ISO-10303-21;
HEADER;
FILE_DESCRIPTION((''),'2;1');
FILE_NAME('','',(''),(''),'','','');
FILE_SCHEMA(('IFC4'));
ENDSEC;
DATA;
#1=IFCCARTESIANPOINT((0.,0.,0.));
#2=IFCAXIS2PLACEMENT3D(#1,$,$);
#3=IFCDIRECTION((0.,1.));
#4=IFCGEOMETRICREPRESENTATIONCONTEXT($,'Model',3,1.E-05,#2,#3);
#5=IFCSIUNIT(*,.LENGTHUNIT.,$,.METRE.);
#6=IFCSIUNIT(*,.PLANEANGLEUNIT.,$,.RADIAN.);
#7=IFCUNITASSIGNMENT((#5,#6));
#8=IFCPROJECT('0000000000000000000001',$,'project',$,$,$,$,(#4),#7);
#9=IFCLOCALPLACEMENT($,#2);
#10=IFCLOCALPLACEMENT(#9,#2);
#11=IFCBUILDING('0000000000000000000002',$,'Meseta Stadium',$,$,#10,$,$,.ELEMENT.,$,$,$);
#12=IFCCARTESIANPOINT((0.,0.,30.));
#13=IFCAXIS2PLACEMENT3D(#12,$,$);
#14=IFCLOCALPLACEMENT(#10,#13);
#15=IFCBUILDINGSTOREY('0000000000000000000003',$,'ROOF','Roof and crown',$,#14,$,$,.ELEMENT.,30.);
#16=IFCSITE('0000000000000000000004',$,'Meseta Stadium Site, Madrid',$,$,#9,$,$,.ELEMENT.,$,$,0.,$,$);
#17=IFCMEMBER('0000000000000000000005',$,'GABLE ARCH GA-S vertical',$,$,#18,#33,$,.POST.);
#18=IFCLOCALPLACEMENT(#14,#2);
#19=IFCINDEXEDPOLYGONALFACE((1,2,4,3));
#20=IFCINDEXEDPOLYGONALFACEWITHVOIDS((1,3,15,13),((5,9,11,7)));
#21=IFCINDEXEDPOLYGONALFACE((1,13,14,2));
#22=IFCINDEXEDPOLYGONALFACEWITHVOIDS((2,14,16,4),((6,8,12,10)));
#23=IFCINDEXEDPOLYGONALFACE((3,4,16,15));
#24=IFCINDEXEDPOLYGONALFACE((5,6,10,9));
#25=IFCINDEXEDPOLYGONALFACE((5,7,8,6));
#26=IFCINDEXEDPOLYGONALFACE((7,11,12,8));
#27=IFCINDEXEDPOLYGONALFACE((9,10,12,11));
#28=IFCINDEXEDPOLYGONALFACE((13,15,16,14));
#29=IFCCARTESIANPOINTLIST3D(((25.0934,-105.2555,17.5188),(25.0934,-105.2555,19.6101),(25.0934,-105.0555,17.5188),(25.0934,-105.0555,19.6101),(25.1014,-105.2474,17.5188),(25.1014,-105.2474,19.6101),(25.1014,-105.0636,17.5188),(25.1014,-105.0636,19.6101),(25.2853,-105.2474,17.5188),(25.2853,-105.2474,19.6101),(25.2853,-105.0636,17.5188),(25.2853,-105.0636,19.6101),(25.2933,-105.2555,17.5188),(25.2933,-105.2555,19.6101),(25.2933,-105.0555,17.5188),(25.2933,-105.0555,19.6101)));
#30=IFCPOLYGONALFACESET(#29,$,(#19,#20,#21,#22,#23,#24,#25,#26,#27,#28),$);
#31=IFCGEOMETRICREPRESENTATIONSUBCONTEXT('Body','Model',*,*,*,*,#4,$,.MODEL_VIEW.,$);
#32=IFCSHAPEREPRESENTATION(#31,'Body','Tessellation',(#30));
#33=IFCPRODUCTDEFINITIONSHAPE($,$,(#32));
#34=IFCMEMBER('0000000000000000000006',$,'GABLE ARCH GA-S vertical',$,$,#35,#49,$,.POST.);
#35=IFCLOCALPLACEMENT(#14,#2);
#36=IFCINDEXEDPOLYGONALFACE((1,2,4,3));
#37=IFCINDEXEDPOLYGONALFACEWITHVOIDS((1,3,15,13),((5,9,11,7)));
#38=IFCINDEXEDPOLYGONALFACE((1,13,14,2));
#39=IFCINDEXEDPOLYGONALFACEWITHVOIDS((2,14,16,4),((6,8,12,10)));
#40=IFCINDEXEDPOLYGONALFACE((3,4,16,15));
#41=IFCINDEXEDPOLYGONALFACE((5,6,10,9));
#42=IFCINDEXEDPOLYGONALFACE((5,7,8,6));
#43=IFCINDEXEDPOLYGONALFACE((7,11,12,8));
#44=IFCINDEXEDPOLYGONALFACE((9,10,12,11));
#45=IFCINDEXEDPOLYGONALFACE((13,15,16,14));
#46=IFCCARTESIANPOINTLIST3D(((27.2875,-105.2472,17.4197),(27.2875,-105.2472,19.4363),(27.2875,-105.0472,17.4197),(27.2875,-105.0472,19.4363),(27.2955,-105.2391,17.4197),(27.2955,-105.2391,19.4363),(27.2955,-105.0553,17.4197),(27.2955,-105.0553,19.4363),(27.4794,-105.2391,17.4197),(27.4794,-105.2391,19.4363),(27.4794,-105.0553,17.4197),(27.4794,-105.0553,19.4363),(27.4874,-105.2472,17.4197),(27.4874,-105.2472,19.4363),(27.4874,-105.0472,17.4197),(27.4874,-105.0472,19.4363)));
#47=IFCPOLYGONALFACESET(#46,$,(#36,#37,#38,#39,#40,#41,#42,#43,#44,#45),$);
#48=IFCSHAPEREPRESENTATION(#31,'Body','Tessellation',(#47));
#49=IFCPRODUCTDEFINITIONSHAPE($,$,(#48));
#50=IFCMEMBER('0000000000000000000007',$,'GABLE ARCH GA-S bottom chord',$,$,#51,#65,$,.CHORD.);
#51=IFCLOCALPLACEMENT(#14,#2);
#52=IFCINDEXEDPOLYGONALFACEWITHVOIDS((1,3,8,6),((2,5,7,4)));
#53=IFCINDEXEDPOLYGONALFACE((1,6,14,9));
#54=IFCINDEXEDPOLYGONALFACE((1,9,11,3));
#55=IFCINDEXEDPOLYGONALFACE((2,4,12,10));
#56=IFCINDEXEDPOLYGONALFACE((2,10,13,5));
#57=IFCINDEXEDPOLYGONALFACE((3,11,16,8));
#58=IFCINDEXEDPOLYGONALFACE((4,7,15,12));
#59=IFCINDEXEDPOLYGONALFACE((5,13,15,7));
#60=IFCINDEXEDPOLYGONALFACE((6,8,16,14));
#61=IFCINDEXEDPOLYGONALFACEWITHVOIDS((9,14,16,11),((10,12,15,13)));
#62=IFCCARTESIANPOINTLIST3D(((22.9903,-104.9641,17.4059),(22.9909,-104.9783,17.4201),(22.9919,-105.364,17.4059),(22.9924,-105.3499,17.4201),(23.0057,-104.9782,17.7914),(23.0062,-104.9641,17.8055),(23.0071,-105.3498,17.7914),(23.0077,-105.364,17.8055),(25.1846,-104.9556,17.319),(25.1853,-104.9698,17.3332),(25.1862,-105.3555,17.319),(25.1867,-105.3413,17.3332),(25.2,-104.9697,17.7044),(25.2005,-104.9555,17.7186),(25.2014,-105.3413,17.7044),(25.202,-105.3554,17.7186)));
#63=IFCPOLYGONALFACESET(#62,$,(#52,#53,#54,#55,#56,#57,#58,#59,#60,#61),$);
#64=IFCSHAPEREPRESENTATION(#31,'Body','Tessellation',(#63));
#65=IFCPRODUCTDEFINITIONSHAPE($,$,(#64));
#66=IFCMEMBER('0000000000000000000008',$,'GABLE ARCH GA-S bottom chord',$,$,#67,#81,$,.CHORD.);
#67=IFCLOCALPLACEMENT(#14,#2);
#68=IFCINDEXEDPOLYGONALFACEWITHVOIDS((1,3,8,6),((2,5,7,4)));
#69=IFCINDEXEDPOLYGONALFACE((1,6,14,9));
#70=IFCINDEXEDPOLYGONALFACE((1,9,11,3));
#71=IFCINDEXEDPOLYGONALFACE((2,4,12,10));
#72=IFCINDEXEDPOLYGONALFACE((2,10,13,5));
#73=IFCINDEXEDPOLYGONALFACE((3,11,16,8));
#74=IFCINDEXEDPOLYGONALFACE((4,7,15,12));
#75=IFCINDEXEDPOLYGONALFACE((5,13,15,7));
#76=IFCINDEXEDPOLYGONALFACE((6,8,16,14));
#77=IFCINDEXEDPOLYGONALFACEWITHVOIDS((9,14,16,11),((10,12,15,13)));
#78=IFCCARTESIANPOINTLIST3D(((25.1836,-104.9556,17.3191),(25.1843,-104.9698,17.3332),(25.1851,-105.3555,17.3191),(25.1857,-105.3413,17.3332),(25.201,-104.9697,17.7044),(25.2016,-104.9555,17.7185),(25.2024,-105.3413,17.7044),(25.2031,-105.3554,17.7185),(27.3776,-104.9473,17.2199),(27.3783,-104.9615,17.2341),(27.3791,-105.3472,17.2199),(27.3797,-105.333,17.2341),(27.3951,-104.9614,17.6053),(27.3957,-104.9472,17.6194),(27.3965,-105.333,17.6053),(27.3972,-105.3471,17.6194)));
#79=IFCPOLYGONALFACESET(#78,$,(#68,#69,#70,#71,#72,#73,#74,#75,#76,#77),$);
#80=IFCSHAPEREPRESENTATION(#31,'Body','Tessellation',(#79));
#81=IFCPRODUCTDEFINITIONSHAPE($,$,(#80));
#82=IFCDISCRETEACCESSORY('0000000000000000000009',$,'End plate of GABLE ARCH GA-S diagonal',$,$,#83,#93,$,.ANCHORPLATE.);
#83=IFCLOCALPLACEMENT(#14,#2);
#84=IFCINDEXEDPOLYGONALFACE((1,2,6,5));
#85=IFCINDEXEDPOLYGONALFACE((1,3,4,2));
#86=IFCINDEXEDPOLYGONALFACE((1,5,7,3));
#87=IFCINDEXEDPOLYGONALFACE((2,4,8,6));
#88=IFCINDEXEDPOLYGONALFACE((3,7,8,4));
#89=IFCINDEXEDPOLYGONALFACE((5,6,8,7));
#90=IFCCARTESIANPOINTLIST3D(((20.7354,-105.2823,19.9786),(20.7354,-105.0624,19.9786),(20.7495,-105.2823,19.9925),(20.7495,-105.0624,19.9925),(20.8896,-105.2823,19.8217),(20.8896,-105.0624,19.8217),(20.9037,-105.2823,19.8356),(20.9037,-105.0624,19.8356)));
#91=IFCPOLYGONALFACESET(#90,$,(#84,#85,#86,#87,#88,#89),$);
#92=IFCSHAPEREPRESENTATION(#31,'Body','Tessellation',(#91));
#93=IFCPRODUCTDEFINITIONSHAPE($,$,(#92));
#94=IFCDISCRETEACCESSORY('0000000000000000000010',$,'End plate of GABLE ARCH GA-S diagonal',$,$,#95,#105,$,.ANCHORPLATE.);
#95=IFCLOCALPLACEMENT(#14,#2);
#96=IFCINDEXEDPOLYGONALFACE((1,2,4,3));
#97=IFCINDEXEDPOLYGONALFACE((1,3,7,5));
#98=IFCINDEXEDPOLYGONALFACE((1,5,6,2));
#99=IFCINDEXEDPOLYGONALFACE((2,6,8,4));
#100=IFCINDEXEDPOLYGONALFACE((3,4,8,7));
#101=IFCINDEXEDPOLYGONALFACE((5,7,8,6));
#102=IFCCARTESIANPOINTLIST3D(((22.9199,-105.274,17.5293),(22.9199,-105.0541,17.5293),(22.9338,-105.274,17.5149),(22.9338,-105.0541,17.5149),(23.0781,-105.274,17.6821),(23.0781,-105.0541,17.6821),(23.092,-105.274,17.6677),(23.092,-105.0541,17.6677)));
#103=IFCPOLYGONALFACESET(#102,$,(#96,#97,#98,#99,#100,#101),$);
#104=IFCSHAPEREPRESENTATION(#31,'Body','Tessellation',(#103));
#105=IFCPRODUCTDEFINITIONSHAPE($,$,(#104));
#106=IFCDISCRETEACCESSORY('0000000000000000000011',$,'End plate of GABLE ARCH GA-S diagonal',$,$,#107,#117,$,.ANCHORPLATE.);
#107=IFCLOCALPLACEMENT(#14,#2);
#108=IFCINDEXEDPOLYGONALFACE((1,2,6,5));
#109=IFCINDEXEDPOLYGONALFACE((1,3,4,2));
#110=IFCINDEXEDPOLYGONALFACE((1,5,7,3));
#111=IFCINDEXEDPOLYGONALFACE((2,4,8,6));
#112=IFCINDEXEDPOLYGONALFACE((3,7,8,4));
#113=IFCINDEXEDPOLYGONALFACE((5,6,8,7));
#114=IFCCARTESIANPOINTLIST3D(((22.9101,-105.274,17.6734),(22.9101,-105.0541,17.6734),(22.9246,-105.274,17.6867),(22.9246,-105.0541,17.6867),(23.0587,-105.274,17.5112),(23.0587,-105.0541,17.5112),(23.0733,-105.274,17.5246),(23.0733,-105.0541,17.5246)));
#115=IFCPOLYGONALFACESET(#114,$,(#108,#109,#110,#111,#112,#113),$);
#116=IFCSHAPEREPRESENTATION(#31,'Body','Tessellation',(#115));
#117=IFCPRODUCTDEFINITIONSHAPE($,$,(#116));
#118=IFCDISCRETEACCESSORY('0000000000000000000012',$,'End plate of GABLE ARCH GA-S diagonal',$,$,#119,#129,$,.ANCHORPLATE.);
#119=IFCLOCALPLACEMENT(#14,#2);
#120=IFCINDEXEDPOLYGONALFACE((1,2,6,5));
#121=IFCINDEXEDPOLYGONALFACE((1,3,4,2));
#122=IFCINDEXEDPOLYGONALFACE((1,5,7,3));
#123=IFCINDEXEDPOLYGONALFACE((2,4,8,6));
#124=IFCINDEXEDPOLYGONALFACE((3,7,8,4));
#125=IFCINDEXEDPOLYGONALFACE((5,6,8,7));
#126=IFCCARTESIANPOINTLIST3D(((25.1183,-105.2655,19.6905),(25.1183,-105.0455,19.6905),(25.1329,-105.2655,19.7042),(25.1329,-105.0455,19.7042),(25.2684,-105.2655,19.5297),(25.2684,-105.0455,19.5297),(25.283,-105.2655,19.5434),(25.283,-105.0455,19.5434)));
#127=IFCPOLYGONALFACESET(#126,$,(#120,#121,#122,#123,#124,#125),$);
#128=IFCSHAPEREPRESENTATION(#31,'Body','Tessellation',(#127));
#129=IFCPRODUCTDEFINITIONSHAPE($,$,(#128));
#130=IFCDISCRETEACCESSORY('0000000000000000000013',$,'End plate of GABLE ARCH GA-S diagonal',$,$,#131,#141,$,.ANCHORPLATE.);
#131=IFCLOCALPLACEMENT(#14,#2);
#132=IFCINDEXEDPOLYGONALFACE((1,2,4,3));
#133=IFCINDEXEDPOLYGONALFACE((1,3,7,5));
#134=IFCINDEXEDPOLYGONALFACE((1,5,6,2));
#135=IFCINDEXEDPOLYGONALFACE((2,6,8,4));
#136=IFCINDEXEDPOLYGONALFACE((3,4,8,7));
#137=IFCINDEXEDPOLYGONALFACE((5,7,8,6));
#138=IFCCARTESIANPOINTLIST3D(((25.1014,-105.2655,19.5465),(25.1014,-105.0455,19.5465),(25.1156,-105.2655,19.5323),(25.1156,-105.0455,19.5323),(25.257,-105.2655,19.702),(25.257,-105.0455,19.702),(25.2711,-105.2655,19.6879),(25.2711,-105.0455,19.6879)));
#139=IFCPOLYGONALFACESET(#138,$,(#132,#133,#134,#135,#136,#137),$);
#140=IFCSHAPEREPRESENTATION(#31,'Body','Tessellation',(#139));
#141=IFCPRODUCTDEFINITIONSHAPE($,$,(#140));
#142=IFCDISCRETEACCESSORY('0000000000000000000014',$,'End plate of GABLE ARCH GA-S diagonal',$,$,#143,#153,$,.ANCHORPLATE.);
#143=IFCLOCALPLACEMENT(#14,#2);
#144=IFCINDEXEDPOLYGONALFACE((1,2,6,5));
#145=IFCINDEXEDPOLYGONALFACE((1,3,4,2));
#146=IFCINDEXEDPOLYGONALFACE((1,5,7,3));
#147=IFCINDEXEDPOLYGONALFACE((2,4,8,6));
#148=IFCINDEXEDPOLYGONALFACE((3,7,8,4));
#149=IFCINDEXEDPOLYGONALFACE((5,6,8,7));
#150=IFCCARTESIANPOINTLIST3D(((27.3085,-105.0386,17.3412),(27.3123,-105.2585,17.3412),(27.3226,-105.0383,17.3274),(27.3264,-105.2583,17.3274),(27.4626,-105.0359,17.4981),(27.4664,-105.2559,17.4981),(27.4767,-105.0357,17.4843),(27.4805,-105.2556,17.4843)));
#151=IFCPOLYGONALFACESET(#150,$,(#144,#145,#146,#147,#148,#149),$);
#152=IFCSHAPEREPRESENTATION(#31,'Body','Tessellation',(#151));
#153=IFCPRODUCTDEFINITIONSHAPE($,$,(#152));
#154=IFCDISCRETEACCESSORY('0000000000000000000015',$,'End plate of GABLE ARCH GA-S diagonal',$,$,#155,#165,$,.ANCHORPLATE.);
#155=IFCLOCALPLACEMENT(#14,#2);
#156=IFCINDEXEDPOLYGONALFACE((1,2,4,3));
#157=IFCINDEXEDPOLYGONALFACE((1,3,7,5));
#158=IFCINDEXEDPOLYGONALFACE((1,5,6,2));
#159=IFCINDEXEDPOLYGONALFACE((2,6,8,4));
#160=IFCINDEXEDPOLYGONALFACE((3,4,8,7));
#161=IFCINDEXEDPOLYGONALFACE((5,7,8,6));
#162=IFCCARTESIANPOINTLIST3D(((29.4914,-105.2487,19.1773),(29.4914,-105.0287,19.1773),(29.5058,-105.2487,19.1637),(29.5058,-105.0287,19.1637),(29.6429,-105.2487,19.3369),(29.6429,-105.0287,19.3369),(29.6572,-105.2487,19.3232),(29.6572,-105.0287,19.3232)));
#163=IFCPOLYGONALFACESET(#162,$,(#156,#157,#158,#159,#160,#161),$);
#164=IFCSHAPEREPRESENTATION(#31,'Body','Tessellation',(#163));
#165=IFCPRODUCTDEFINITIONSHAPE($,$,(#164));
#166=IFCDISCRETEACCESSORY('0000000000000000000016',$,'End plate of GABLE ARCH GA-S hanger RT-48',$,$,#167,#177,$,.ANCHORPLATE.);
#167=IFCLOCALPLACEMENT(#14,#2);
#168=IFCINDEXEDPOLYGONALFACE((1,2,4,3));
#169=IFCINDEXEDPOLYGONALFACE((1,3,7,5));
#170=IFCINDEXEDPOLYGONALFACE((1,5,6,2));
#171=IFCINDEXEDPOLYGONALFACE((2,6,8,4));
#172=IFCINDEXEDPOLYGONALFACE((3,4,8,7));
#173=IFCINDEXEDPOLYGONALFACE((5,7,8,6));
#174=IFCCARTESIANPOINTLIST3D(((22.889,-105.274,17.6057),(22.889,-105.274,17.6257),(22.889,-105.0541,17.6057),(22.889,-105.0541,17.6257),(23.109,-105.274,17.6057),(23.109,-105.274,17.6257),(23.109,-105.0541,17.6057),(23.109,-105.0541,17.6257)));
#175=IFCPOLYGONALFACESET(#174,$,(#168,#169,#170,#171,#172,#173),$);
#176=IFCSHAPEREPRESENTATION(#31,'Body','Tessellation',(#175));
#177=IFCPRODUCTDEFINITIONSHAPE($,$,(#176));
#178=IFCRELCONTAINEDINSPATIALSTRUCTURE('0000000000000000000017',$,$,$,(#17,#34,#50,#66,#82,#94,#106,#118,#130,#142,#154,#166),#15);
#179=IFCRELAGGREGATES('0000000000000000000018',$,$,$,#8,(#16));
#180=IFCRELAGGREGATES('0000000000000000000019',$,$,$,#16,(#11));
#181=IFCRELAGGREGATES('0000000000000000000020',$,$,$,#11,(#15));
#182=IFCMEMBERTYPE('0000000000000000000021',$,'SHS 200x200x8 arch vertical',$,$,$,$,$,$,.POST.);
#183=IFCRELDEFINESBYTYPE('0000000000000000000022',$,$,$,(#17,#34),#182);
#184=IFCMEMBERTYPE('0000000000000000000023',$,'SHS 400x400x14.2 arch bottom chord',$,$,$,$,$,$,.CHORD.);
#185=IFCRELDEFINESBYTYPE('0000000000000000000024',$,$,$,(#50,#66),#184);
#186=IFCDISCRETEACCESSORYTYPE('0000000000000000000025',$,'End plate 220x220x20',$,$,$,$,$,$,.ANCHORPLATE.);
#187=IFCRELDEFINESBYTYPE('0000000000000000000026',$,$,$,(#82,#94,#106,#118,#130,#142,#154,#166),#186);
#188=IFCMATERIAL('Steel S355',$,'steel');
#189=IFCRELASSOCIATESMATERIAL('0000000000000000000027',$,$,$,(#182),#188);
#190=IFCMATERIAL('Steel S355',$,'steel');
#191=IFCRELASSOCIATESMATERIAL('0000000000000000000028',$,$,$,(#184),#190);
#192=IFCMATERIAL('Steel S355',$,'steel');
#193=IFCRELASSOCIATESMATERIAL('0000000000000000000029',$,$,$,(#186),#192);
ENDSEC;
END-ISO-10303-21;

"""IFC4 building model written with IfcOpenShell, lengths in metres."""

from ifc_helpers import new_model, si_unit, direction, frame, origin, origin_2d, place, context, subcontext, project, spatial, rectangle, hollow_rectangle, extrude, material, material_profile, profile_set, type_object, element, save


model = new_model("IFC4")

# Units and contexts
model_context = context("Model", 3, precision=1e-05, world=origin(), true_north=direction((0.0, 1.0)))
body_context = subcontext(model_context, "Body", "Model", "MODEL_VIEW")
ifc_project = project(units=[si_unit("LENGTHUNIT", "METRE"), si_unit("PLANEANGLEUNIT", "RADIAN")], contexts=[model_context])

# Site, building, storey
site_placement = place(None, origin())
site = spatial("IfcSite", under=ifc_project, at=site_placement, Name="Meseta Stadium Site, Madrid", CompositionType="ELEMENT", RefElevation=0.0)
building_placement = place(site_placement, origin())
building = spatial("IfcBuilding", under=site, at=building_placement, Name="Meseta Stadium", CompositionType="ELEMENT")
storey_placement = place(building_placement, frame((0.0, 0.0, 30.0)))
storey = spatial("IfcBuildingStorey", under=building, at=storey_placement, Name="ROOF", Description="Roof and crown", CompositionType="ELEMENT", Elevation=30.0)

# Members
ifc_material_1 = material(Name="Steel S355", Category="steel")
ifc_material_profile_1 = material_profile(ifc_material_1, hollow_rectangle(XDim=0.2, YDim=0.2, WallThickness=0.0081, at=origin_2d()), Name="SHS 200x200x8")
ifc_profile_set_1 = profile_set([ifc_material_profile_1], Name="Steel S355")
member_type_1 = type_object("IfcMemberType", Name="SHS 200x200x8 arch vertical", PredefinedType="POST", material=ifc_profile_set_1)
member_1_placement = place(storey_placement, frame((25.1934, -105.1555, 17.5188), z_axis=(0.0, 0.0, 1.0), x_axis=(1.0, 0.0, 0.0)))
element("IfcMember", 1, at=member_1_placement, inside=storey, type_object=member_type_1, Name="GABLE ARCH GA-S vertical", PredefinedType="POST", context=body_context, shape_type="SweptSolid", body=[
    extrude(hollow_rectangle(XDim=0.2, YDim=0.2, WallThickness=0.0081, at=origin_2d()), origin(), (0.0, 0.0, 1.0), 2.0913),
])
member_2_placement = place(storey_placement, frame((27.3875, -105.1472, 17.4197), z_axis=(0.0, 0.0, 1.0), x_axis=(1.0, 0.0, 0.0)))
element("IfcMember", 2, at=member_2_placement, inside=storey, type_object=member_type_1, Name="GABLE ARCH GA-S vertical", PredefinedType="POST", context=body_context, shape_type="SweptSolid", body=[
    extrude(hollow_rectangle(XDim=0.2, YDim=0.2, WallThickness=0.0081, at=origin_2d()), origin(), (0.0, 0.0, 1.0), 2.0166),
])
ifc_material_2 = material(Name="Steel S355", Category="steel")
ifc_material_profile_2 = material_profile(ifc_material_2, hollow_rectangle(XDim=0.3999, YDim=0.3999, WallThickness=0.0142, at=origin_2d()), Name="SHS 400x400x14.2")
ifc_profile_set_2 = profile_set([ifc_material_profile_2], Name="Steel S355")
member_type_2 = type_object("IfcMemberType", Name="SHS 400x400x14.2 arch bottom chord", PredefinedType="CHORD", material=ifc_profile_set_2)
member_3_placement = place(storey_placement, frame((22.999, -105.1641, 17.6057), z_axis=(0.999209, 0.003891, -0.039577), x_axis=(-0.003894, 0.999992, 0.0)))
element("IfcMember", 3, at=member_3_placement, inside=storey, type_object=member_type_2, Name="GABLE ARCH GA-S bottom chord", PredefinedType="CHORD", context=body_context, shape_type="SweptSolid", body=[
    extrude(hollow_rectangle(XDim=0.3999, YDim=0.3999, WallThickness=0.0142, at=origin_2d()), origin(), (0.0, 0.0, 1.0), 2.196),
])
member_4_placement = place(storey_placement, frame((25.1934, -105.1555, 17.5188), z_axis=(0.998974, 0.003779, -0.04513), x_axis=(-0.003783, 0.999993, 0.0)))
element("IfcMember", 4, at=member_4_placement, inside=storey, type_object=member_type_2, Name="GABLE ARCH GA-S bottom chord", PredefinedType="CHORD", context=body_context, shape_type="SweptSolid", body=[
    extrude(hollow_rectangle(XDim=0.3999, YDim=0.3999, WallThickness=0.0142, at=origin_2d()), origin(), (0.0, 0.0, 1.0), 2.1963),
])

# Discrete accessories
ifc_material_3 = material(Name="Steel S355", Category="steel")
ifc_material_profile_3 = material_profile(ifc_material_3, rectangle(XDim=0.22, YDim=0.22, at=origin_2d()), Name="PL 220x220")
ifc_profile_set_3 = profile_set([ifc_material_profile_3], Name="Steel S355")
discrete_accessory_type = type_object("IfcDiscreteAccessoryType", Name="End plate 220x220x20", PredefinedType="ANCHORPLATE", material=ifc_profile_set_3)
discrete_accessory_1_placement = place(storey_placement, frame((20.8125, -105.1724, 19.9001), z_axis=(0.713229, 0.0, 0.700932), x_axis=(0.0, 1.0, 0.0)))
element("IfcDiscreteAccessory", 5, at=discrete_accessory_1_placement, inside=storey, type_object=discrete_accessory_type, Name="End plate of GABLE ARCH GA-S diagonal", PredefinedType="ANCHORPLATE", context=body_context, shape_type="SweptSolid", body=[
    extrude(rectangle(XDim=0.22, YDim=0.22, at=origin_2d()), origin(), (0.0, 0.0, 1.0), 0.0198),
])
discrete_accessory_2_placement = place(storey_placement, frame((22.999, -105.1641, 17.6057), z_axis=(0.694812, 0.0, -0.719191), x_axis=(0.0, 1.0, 0.0)))
element("IfcDiscreteAccessory", 6, at=discrete_accessory_2_placement, inside=storey, type_object=discrete_accessory_type, Name="End plate of GABLE ARCH GA-S diagonal", PredefinedType="ANCHORPLATE", context=body_context, shape_type="SweptSolid", body=[
    extrude(rectangle(XDim=0.22, YDim=0.22, at=origin_2d()), origin(), (0.0, 0.0, 1.0), 0.02),
])
discrete_accessory_3_placement = place(storey_placement, frame((22.9844, -105.1641, 17.5923), z_axis=(0.737154, 0.0, 0.675725), x_axis=(0.0, 1.0, 0.0)))
element("IfcDiscreteAccessory", 7, at=discrete_accessory_3_placement, inside=storey, type_object=discrete_accessory_type, Name="End plate of GABLE ARCH GA-S diagonal", PredefinedType="ANCHORPLATE", context=body_context, shape_type="SweptSolid", body=[
    extrude(rectangle(XDim=0.22, YDim=0.22, at=origin_2d()), origin(), (0.0, 0.0, 1.0), 0.0198),
])
for number, where, z_axis, x_axis, name in (
    (8, (25.1934, -105.1555, 19.6101), (0.731055, 0.0, 0.682318), (0.0, 1.0, 0.0), "End plate of GABLE ARCH GA-S diagonal"),
    (9, (25.1792, -105.1555, 19.6243), (0.707107, 0.0, -0.707107), (0.0, 1.0, 0.0), "End plate of GABLE ARCH GA-S diagonal"),
):
    element("IfcDiscreteAccessory", number, at=place(storey_placement, frame(where, z_axis=z_axis, x_axis=x_axis)), inside=storey, type_object=discrete_accessory_type, Name=name, PredefinedType="ANCHORPLATE", context=body_context, shape_type="SweptSolid", body=[
        extrude(rectangle(XDim=0.22, YDim=0.22, at=origin_2d()), origin(), (0.0, 0.0, 1.0), 0.02),
    ])
for number, where, z_axis, x_axis, name in (
    (10, (27.3875, -105.1472, 17.4197), (0.713175, 0.012296, -0.700879), (-0.017239, 0.999851, 0.0), "End plate of GABLE ARCH GA-S diagonal"),
    (11, (29.5671, -105.1387, 19.2571), (0.725306, 0.0, -0.688426), (0.0, 1.0, 0.0), "End plate of GABLE ARCH GA-S diagonal"),
):
    element("IfcDiscreteAccessory", number, at=place(storey_placement, frame(where, z_axis=z_axis, x_axis=x_axis)), inside=storey, type_object=discrete_accessory_type, Name=name, PredefinedType="ANCHORPLATE", context=body_context, shape_type="SweptSolid", body=[
        extrude(rectangle(XDim=0.22, YDim=0.22, at=origin_2d()), origin(), (0.0, 0.0, 1.0), 0.0198),
    ])
discrete_accessory_4_placement = place(storey_placement, frame((22.999, -105.1641, 17.6257), z_axis=(0.0, 0.0, -1.0), x_axis=(1.0, 0.0, 0.0)))
element("IfcDiscreteAccessory", 12, at=discrete_accessory_4_placement, inside=storey, type_object=discrete_accessory_type, Name="End plate of GABLE ARCH GA-S hanger RT-48", PredefinedType="ANCHORPLATE", context=body_context, shape_type="SweptSolid", body=[
    extrude(rectangle(XDim=0.22, YDim=0.22, at=origin_2d()), origin(), (0.0, 0.0, 1.0), 0.02),
])

save(model, "model.ifc")
